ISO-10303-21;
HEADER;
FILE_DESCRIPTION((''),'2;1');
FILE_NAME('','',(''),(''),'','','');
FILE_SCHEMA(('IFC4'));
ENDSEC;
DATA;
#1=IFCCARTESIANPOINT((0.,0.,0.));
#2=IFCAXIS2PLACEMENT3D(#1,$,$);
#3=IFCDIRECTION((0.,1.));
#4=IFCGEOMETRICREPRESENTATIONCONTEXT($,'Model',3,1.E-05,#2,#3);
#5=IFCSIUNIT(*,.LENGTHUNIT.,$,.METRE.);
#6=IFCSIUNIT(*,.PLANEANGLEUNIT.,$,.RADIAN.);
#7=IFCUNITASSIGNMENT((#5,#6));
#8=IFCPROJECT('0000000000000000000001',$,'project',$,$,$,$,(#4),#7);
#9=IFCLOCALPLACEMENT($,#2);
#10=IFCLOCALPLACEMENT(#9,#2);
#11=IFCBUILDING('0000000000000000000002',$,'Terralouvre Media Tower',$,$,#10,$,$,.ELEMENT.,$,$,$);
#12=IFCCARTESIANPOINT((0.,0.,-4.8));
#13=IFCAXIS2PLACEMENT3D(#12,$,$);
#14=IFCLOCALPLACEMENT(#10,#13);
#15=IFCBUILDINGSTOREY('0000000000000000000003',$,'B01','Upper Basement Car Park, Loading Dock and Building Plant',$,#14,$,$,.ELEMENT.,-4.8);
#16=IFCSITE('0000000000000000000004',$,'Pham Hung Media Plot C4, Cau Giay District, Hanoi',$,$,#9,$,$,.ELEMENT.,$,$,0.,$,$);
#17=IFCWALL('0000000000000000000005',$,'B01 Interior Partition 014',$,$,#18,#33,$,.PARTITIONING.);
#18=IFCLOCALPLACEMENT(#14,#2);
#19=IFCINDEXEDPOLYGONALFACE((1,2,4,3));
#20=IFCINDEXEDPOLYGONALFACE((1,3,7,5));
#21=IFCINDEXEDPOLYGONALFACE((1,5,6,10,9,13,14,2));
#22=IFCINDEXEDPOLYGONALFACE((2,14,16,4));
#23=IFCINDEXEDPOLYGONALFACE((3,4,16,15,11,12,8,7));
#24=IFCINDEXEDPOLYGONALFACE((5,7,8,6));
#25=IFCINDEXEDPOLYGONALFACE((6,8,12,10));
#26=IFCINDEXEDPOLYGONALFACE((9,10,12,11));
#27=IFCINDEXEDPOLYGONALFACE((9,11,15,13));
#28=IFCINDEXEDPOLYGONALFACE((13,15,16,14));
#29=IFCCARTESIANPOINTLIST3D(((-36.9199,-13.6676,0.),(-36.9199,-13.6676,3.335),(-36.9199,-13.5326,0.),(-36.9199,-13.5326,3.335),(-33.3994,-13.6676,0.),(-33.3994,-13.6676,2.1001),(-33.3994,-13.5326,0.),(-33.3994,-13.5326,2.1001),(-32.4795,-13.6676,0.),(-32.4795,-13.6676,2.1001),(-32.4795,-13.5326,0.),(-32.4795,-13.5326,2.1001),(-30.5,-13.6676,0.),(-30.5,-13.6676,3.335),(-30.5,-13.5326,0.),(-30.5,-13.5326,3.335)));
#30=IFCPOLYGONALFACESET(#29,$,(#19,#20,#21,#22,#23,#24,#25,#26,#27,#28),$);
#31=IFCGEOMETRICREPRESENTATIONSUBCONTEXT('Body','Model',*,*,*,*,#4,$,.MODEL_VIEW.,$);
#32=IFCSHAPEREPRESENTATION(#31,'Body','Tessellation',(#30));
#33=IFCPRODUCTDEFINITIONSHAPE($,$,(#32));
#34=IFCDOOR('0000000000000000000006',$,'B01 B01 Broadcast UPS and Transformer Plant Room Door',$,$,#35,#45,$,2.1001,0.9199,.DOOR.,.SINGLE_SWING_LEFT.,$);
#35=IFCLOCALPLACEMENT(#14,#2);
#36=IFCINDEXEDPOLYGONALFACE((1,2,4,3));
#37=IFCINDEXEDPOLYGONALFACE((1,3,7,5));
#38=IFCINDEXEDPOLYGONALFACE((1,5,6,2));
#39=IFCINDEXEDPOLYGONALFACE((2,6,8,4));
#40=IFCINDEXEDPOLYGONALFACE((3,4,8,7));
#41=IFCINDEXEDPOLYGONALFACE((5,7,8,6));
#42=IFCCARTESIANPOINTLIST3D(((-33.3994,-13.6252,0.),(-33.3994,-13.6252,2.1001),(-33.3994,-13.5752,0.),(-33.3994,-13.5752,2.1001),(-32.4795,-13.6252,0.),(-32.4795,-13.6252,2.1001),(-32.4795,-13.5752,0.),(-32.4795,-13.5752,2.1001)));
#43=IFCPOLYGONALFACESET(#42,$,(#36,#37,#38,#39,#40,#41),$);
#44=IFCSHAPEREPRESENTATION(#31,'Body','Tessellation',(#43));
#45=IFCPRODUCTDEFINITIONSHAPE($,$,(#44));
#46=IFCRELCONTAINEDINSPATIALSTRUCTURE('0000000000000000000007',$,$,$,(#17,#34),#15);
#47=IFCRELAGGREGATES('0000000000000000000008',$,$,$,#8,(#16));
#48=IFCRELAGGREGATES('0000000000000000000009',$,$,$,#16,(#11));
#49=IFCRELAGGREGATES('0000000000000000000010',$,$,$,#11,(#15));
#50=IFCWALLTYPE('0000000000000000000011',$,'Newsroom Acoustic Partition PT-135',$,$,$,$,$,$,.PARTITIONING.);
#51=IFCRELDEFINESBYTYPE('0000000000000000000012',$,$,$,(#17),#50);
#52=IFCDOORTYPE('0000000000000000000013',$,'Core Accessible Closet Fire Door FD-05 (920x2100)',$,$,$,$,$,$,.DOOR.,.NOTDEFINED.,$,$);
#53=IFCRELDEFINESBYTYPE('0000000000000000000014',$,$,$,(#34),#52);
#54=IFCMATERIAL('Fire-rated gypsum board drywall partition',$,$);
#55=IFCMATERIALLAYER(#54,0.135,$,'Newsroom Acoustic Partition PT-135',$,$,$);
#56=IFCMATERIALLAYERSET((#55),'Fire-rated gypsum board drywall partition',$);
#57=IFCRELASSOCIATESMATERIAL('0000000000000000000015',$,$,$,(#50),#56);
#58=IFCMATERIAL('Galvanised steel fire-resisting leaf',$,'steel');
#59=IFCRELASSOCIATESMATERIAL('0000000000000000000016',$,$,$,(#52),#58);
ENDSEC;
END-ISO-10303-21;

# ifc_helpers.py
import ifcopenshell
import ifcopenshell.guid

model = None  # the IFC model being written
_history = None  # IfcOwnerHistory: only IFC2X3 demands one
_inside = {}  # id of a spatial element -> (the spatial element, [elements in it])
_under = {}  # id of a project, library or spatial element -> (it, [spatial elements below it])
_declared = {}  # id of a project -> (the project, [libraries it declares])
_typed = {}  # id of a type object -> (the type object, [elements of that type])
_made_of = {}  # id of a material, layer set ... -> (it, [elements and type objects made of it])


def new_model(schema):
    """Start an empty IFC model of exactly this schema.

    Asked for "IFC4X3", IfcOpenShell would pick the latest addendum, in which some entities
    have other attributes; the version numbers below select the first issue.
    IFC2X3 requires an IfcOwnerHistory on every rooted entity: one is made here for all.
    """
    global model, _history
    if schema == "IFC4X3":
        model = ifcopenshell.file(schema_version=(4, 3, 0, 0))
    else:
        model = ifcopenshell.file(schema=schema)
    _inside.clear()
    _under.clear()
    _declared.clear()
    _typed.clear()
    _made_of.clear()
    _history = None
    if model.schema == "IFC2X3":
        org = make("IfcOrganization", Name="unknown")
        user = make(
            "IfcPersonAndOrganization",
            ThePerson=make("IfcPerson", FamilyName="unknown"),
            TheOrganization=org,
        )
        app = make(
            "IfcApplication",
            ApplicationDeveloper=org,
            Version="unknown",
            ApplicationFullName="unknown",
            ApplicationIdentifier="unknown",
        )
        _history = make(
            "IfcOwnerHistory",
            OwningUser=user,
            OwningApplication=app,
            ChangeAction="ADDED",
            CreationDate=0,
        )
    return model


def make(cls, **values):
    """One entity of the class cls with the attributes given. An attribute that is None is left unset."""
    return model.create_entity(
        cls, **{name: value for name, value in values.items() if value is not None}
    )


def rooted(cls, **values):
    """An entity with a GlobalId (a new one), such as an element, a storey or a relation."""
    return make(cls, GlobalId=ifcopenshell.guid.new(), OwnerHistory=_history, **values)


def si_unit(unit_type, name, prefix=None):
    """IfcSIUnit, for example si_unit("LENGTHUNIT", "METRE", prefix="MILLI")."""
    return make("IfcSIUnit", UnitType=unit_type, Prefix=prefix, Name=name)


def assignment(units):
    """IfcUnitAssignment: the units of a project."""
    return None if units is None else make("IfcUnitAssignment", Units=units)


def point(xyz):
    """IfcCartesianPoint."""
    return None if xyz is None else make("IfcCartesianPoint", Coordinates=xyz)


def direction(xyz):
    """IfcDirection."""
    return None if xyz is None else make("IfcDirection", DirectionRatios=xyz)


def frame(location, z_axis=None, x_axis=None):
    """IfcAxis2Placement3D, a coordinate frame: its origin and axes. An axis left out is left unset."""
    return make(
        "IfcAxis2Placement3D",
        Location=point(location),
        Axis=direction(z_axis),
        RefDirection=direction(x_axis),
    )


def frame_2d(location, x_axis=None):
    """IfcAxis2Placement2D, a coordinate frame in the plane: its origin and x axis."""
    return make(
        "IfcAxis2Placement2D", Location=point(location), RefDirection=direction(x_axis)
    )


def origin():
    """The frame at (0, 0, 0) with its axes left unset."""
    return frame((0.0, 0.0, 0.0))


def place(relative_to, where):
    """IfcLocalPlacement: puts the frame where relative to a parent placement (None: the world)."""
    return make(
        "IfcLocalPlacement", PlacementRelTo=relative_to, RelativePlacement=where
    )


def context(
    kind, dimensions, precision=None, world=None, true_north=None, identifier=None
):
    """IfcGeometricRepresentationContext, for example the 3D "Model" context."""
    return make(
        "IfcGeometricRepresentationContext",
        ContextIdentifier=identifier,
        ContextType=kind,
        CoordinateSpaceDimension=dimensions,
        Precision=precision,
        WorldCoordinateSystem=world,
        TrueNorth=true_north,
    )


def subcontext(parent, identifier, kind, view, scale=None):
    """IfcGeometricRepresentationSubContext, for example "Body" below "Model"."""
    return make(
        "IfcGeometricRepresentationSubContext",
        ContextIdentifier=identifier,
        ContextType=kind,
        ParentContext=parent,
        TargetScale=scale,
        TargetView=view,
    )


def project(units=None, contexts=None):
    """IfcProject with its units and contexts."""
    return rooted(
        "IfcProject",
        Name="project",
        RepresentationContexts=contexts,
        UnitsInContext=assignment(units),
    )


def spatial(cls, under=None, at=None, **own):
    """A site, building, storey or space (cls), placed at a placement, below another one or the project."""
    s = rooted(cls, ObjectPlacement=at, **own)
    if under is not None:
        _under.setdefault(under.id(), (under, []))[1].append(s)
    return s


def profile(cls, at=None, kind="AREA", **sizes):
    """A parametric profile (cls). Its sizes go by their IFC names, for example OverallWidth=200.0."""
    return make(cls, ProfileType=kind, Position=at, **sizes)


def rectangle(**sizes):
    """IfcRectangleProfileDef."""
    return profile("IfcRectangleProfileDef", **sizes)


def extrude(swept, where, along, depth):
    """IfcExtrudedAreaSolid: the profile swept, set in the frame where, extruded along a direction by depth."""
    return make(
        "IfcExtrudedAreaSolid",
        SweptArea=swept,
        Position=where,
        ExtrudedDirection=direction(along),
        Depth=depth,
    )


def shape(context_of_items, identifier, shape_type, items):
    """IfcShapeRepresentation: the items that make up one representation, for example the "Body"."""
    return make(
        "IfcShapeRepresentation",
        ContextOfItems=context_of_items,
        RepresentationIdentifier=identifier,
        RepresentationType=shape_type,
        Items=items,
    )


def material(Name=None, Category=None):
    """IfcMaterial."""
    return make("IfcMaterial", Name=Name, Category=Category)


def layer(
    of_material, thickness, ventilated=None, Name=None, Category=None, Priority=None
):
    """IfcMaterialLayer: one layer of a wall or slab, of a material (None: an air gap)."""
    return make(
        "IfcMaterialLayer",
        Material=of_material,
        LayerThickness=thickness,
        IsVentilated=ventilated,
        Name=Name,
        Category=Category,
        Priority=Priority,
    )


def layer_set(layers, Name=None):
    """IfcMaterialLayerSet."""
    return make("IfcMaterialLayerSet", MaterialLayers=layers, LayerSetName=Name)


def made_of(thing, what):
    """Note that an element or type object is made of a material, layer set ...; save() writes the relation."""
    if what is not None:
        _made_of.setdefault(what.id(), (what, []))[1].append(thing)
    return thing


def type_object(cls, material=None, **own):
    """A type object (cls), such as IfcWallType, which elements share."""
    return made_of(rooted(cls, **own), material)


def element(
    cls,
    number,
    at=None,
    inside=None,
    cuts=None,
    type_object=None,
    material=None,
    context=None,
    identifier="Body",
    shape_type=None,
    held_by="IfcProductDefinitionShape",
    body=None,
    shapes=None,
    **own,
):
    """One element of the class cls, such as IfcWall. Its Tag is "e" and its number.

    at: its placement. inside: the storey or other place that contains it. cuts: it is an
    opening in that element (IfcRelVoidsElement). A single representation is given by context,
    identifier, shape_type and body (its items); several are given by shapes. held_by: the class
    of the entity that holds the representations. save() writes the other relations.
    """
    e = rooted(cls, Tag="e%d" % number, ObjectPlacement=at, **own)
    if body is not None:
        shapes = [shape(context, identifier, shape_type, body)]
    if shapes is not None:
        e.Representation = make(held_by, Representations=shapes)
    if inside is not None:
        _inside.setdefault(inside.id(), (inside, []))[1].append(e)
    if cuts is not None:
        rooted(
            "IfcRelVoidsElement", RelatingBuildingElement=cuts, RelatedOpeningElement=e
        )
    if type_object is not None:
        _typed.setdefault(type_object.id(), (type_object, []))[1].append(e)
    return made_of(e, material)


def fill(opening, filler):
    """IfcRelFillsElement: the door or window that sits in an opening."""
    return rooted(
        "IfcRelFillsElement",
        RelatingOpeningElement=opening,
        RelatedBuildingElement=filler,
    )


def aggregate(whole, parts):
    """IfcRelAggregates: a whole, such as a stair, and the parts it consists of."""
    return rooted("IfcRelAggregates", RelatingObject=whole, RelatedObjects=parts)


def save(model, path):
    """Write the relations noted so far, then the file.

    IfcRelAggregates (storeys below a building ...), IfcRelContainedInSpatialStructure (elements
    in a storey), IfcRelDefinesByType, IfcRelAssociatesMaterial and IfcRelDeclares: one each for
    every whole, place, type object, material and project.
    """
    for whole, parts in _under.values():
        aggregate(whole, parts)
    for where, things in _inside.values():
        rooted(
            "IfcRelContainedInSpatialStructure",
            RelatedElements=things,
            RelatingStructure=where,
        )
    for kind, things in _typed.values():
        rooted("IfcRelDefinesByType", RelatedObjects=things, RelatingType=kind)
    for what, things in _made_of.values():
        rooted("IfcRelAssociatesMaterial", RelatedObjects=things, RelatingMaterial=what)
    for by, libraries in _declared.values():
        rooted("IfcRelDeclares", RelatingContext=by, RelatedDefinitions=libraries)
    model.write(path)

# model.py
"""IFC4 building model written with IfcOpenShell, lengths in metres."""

from ifc_helpers import new_model, si_unit, direction, frame, frame_2d, origin, place, context, subcontext, project, spatial, rectangle, extrude, material, layer, layer_set, type_object, element, fill, save


model = new_model("IFC4")

# Units and contexts
model_context = context("Model", 3, precision=1e-05, world=origin(), true_north=direction((0.0, 1.0)))
body_context = subcontext(model_context, "Body", "Model", "MODEL_VIEW")
ifc_project = project(units=[si_unit("LENGTHUNIT", "METRE"), si_unit("PLANEANGLEUNIT", "RADIAN")], contexts=[model_context])

# Site, building, storey
site_placement = place(None, origin())
site = spatial("IfcSite", under=ifc_project, at=site_placement, Name="Pham Hung Media Plot C4, Cau Giay District, Hanoi", CompositionType="ELEMENT", RefElevation=0.0)
building_placement = place(site_placement, origin())
building = spatial("IfcBuilding", under=site, at=building_placement, Name="Terralouvre Media Tower", CompositionType="ELEMENT")
storey_placement = place(building_placement, frame((0.0, 0.0, -4.8)))
storey = spatial("IfcBuildingStorey", under=building, at=storey_placement, Name="B01", Description="Upper Basement Car Park, Loading Dock and Building Plant", CompositionType="ELEMENT", Elevation=-4.8)

# Wall, opening, door
ifc_material_1 = material(Name="Fire-rated gypsum board drywall partition")
ifc_layer_1 = layer(ifc_material_1, 0.135, Name="Newsroom Acoustic Partition PT-135")
ifc_layer_set_1 = layer_set([ifc_layer_1], Name="Fire-rated gypsum board drywall partition")
wall_type_1 = type_object("IfcWallType", Name="Newsroom Acoustic Partition PT-135", PredefinedType="PARTITIONING", material=ifc_layer_set_1)
wall_1_placement = place(storey_placement, frame((-36.9199, -13.6001, 0.0), z_axis=(0.0, 0.0, 1.0), x_axis=(1.0, 0.0, 0.0)))
wall_1 = element("IfcWall", 1, at=wall_1_placement, inside=storey, type_object=wall_type_1, Name="B01 Interior Partition 014", PredefinedType="PARTITIONING", context=body_context, shape_type="SweptSolid", body=[
    extrude(rectangle(XDim=6.4199, YDim=0.135, at=frame_2d((3.21, 0.0))), origin(), (0.0, 0.0, 1.0), 3.335),
])
opening_1_placement = place(wall_1_placement, frame((3.5205, 0.0, 0.0)))
opening_1 = element("IfcOpeningElement", 2, at=opening_1_placement, cuts=wall_1, PredefinedType="OPENING", context=body_context, shape_type="SweptSolid", body=[
    extrude(rectangle(XDim=0.9199, YDim=2.1001, at=frame_2d((0.46, 1.05))), frame((0.0, 0.0774, 0.0), z_axis=(0.0, -1.0, 0.0), x_axis=(1.0, 0.0, 0.0)), (0.0, 0.0, 1.0), 0.155),
])
ifc_material_2 = material(Name="Galvanised steel fire-resisting leaf", Category="steel")
door_type_1 = type_object("IfcDoorType", Name="Core Accessible Closet Fire Door FD-05 (920x2100)", OperationType="NOTDEFINED", PredefinedType="DOOR", material=ifc_material_2)
door_1_placement = place(opening_1_placement, origin())
door_1 = element("IfcDoor", 3, at=door_1_placement, inside=storey, type_object=door_type_1, Name="B01 B01 Broadcast UPS and Transformer Plant Room Door", OperationType="SINGLE_SWING_LEFT", OverallHeight=2.1001, OverallWidth=0.9199, PredefinedType="DOOR", context=body_context, shape_type="SweptSolid", body=[
    extrude(rectangle(XDim=0.9199, YDim=2.1001, at=frame_2d((0.46, 1.05))), frame((0.0, 0.0249, 0.0), z_axis=(0.0, -1.0, 0.0), x_axis=(1.0, 0.0, 0.0)), (0.0, 0.0, 1.0), 0.05),
])
fill(opening_1, door_1)

save(model, "model.ifc")
